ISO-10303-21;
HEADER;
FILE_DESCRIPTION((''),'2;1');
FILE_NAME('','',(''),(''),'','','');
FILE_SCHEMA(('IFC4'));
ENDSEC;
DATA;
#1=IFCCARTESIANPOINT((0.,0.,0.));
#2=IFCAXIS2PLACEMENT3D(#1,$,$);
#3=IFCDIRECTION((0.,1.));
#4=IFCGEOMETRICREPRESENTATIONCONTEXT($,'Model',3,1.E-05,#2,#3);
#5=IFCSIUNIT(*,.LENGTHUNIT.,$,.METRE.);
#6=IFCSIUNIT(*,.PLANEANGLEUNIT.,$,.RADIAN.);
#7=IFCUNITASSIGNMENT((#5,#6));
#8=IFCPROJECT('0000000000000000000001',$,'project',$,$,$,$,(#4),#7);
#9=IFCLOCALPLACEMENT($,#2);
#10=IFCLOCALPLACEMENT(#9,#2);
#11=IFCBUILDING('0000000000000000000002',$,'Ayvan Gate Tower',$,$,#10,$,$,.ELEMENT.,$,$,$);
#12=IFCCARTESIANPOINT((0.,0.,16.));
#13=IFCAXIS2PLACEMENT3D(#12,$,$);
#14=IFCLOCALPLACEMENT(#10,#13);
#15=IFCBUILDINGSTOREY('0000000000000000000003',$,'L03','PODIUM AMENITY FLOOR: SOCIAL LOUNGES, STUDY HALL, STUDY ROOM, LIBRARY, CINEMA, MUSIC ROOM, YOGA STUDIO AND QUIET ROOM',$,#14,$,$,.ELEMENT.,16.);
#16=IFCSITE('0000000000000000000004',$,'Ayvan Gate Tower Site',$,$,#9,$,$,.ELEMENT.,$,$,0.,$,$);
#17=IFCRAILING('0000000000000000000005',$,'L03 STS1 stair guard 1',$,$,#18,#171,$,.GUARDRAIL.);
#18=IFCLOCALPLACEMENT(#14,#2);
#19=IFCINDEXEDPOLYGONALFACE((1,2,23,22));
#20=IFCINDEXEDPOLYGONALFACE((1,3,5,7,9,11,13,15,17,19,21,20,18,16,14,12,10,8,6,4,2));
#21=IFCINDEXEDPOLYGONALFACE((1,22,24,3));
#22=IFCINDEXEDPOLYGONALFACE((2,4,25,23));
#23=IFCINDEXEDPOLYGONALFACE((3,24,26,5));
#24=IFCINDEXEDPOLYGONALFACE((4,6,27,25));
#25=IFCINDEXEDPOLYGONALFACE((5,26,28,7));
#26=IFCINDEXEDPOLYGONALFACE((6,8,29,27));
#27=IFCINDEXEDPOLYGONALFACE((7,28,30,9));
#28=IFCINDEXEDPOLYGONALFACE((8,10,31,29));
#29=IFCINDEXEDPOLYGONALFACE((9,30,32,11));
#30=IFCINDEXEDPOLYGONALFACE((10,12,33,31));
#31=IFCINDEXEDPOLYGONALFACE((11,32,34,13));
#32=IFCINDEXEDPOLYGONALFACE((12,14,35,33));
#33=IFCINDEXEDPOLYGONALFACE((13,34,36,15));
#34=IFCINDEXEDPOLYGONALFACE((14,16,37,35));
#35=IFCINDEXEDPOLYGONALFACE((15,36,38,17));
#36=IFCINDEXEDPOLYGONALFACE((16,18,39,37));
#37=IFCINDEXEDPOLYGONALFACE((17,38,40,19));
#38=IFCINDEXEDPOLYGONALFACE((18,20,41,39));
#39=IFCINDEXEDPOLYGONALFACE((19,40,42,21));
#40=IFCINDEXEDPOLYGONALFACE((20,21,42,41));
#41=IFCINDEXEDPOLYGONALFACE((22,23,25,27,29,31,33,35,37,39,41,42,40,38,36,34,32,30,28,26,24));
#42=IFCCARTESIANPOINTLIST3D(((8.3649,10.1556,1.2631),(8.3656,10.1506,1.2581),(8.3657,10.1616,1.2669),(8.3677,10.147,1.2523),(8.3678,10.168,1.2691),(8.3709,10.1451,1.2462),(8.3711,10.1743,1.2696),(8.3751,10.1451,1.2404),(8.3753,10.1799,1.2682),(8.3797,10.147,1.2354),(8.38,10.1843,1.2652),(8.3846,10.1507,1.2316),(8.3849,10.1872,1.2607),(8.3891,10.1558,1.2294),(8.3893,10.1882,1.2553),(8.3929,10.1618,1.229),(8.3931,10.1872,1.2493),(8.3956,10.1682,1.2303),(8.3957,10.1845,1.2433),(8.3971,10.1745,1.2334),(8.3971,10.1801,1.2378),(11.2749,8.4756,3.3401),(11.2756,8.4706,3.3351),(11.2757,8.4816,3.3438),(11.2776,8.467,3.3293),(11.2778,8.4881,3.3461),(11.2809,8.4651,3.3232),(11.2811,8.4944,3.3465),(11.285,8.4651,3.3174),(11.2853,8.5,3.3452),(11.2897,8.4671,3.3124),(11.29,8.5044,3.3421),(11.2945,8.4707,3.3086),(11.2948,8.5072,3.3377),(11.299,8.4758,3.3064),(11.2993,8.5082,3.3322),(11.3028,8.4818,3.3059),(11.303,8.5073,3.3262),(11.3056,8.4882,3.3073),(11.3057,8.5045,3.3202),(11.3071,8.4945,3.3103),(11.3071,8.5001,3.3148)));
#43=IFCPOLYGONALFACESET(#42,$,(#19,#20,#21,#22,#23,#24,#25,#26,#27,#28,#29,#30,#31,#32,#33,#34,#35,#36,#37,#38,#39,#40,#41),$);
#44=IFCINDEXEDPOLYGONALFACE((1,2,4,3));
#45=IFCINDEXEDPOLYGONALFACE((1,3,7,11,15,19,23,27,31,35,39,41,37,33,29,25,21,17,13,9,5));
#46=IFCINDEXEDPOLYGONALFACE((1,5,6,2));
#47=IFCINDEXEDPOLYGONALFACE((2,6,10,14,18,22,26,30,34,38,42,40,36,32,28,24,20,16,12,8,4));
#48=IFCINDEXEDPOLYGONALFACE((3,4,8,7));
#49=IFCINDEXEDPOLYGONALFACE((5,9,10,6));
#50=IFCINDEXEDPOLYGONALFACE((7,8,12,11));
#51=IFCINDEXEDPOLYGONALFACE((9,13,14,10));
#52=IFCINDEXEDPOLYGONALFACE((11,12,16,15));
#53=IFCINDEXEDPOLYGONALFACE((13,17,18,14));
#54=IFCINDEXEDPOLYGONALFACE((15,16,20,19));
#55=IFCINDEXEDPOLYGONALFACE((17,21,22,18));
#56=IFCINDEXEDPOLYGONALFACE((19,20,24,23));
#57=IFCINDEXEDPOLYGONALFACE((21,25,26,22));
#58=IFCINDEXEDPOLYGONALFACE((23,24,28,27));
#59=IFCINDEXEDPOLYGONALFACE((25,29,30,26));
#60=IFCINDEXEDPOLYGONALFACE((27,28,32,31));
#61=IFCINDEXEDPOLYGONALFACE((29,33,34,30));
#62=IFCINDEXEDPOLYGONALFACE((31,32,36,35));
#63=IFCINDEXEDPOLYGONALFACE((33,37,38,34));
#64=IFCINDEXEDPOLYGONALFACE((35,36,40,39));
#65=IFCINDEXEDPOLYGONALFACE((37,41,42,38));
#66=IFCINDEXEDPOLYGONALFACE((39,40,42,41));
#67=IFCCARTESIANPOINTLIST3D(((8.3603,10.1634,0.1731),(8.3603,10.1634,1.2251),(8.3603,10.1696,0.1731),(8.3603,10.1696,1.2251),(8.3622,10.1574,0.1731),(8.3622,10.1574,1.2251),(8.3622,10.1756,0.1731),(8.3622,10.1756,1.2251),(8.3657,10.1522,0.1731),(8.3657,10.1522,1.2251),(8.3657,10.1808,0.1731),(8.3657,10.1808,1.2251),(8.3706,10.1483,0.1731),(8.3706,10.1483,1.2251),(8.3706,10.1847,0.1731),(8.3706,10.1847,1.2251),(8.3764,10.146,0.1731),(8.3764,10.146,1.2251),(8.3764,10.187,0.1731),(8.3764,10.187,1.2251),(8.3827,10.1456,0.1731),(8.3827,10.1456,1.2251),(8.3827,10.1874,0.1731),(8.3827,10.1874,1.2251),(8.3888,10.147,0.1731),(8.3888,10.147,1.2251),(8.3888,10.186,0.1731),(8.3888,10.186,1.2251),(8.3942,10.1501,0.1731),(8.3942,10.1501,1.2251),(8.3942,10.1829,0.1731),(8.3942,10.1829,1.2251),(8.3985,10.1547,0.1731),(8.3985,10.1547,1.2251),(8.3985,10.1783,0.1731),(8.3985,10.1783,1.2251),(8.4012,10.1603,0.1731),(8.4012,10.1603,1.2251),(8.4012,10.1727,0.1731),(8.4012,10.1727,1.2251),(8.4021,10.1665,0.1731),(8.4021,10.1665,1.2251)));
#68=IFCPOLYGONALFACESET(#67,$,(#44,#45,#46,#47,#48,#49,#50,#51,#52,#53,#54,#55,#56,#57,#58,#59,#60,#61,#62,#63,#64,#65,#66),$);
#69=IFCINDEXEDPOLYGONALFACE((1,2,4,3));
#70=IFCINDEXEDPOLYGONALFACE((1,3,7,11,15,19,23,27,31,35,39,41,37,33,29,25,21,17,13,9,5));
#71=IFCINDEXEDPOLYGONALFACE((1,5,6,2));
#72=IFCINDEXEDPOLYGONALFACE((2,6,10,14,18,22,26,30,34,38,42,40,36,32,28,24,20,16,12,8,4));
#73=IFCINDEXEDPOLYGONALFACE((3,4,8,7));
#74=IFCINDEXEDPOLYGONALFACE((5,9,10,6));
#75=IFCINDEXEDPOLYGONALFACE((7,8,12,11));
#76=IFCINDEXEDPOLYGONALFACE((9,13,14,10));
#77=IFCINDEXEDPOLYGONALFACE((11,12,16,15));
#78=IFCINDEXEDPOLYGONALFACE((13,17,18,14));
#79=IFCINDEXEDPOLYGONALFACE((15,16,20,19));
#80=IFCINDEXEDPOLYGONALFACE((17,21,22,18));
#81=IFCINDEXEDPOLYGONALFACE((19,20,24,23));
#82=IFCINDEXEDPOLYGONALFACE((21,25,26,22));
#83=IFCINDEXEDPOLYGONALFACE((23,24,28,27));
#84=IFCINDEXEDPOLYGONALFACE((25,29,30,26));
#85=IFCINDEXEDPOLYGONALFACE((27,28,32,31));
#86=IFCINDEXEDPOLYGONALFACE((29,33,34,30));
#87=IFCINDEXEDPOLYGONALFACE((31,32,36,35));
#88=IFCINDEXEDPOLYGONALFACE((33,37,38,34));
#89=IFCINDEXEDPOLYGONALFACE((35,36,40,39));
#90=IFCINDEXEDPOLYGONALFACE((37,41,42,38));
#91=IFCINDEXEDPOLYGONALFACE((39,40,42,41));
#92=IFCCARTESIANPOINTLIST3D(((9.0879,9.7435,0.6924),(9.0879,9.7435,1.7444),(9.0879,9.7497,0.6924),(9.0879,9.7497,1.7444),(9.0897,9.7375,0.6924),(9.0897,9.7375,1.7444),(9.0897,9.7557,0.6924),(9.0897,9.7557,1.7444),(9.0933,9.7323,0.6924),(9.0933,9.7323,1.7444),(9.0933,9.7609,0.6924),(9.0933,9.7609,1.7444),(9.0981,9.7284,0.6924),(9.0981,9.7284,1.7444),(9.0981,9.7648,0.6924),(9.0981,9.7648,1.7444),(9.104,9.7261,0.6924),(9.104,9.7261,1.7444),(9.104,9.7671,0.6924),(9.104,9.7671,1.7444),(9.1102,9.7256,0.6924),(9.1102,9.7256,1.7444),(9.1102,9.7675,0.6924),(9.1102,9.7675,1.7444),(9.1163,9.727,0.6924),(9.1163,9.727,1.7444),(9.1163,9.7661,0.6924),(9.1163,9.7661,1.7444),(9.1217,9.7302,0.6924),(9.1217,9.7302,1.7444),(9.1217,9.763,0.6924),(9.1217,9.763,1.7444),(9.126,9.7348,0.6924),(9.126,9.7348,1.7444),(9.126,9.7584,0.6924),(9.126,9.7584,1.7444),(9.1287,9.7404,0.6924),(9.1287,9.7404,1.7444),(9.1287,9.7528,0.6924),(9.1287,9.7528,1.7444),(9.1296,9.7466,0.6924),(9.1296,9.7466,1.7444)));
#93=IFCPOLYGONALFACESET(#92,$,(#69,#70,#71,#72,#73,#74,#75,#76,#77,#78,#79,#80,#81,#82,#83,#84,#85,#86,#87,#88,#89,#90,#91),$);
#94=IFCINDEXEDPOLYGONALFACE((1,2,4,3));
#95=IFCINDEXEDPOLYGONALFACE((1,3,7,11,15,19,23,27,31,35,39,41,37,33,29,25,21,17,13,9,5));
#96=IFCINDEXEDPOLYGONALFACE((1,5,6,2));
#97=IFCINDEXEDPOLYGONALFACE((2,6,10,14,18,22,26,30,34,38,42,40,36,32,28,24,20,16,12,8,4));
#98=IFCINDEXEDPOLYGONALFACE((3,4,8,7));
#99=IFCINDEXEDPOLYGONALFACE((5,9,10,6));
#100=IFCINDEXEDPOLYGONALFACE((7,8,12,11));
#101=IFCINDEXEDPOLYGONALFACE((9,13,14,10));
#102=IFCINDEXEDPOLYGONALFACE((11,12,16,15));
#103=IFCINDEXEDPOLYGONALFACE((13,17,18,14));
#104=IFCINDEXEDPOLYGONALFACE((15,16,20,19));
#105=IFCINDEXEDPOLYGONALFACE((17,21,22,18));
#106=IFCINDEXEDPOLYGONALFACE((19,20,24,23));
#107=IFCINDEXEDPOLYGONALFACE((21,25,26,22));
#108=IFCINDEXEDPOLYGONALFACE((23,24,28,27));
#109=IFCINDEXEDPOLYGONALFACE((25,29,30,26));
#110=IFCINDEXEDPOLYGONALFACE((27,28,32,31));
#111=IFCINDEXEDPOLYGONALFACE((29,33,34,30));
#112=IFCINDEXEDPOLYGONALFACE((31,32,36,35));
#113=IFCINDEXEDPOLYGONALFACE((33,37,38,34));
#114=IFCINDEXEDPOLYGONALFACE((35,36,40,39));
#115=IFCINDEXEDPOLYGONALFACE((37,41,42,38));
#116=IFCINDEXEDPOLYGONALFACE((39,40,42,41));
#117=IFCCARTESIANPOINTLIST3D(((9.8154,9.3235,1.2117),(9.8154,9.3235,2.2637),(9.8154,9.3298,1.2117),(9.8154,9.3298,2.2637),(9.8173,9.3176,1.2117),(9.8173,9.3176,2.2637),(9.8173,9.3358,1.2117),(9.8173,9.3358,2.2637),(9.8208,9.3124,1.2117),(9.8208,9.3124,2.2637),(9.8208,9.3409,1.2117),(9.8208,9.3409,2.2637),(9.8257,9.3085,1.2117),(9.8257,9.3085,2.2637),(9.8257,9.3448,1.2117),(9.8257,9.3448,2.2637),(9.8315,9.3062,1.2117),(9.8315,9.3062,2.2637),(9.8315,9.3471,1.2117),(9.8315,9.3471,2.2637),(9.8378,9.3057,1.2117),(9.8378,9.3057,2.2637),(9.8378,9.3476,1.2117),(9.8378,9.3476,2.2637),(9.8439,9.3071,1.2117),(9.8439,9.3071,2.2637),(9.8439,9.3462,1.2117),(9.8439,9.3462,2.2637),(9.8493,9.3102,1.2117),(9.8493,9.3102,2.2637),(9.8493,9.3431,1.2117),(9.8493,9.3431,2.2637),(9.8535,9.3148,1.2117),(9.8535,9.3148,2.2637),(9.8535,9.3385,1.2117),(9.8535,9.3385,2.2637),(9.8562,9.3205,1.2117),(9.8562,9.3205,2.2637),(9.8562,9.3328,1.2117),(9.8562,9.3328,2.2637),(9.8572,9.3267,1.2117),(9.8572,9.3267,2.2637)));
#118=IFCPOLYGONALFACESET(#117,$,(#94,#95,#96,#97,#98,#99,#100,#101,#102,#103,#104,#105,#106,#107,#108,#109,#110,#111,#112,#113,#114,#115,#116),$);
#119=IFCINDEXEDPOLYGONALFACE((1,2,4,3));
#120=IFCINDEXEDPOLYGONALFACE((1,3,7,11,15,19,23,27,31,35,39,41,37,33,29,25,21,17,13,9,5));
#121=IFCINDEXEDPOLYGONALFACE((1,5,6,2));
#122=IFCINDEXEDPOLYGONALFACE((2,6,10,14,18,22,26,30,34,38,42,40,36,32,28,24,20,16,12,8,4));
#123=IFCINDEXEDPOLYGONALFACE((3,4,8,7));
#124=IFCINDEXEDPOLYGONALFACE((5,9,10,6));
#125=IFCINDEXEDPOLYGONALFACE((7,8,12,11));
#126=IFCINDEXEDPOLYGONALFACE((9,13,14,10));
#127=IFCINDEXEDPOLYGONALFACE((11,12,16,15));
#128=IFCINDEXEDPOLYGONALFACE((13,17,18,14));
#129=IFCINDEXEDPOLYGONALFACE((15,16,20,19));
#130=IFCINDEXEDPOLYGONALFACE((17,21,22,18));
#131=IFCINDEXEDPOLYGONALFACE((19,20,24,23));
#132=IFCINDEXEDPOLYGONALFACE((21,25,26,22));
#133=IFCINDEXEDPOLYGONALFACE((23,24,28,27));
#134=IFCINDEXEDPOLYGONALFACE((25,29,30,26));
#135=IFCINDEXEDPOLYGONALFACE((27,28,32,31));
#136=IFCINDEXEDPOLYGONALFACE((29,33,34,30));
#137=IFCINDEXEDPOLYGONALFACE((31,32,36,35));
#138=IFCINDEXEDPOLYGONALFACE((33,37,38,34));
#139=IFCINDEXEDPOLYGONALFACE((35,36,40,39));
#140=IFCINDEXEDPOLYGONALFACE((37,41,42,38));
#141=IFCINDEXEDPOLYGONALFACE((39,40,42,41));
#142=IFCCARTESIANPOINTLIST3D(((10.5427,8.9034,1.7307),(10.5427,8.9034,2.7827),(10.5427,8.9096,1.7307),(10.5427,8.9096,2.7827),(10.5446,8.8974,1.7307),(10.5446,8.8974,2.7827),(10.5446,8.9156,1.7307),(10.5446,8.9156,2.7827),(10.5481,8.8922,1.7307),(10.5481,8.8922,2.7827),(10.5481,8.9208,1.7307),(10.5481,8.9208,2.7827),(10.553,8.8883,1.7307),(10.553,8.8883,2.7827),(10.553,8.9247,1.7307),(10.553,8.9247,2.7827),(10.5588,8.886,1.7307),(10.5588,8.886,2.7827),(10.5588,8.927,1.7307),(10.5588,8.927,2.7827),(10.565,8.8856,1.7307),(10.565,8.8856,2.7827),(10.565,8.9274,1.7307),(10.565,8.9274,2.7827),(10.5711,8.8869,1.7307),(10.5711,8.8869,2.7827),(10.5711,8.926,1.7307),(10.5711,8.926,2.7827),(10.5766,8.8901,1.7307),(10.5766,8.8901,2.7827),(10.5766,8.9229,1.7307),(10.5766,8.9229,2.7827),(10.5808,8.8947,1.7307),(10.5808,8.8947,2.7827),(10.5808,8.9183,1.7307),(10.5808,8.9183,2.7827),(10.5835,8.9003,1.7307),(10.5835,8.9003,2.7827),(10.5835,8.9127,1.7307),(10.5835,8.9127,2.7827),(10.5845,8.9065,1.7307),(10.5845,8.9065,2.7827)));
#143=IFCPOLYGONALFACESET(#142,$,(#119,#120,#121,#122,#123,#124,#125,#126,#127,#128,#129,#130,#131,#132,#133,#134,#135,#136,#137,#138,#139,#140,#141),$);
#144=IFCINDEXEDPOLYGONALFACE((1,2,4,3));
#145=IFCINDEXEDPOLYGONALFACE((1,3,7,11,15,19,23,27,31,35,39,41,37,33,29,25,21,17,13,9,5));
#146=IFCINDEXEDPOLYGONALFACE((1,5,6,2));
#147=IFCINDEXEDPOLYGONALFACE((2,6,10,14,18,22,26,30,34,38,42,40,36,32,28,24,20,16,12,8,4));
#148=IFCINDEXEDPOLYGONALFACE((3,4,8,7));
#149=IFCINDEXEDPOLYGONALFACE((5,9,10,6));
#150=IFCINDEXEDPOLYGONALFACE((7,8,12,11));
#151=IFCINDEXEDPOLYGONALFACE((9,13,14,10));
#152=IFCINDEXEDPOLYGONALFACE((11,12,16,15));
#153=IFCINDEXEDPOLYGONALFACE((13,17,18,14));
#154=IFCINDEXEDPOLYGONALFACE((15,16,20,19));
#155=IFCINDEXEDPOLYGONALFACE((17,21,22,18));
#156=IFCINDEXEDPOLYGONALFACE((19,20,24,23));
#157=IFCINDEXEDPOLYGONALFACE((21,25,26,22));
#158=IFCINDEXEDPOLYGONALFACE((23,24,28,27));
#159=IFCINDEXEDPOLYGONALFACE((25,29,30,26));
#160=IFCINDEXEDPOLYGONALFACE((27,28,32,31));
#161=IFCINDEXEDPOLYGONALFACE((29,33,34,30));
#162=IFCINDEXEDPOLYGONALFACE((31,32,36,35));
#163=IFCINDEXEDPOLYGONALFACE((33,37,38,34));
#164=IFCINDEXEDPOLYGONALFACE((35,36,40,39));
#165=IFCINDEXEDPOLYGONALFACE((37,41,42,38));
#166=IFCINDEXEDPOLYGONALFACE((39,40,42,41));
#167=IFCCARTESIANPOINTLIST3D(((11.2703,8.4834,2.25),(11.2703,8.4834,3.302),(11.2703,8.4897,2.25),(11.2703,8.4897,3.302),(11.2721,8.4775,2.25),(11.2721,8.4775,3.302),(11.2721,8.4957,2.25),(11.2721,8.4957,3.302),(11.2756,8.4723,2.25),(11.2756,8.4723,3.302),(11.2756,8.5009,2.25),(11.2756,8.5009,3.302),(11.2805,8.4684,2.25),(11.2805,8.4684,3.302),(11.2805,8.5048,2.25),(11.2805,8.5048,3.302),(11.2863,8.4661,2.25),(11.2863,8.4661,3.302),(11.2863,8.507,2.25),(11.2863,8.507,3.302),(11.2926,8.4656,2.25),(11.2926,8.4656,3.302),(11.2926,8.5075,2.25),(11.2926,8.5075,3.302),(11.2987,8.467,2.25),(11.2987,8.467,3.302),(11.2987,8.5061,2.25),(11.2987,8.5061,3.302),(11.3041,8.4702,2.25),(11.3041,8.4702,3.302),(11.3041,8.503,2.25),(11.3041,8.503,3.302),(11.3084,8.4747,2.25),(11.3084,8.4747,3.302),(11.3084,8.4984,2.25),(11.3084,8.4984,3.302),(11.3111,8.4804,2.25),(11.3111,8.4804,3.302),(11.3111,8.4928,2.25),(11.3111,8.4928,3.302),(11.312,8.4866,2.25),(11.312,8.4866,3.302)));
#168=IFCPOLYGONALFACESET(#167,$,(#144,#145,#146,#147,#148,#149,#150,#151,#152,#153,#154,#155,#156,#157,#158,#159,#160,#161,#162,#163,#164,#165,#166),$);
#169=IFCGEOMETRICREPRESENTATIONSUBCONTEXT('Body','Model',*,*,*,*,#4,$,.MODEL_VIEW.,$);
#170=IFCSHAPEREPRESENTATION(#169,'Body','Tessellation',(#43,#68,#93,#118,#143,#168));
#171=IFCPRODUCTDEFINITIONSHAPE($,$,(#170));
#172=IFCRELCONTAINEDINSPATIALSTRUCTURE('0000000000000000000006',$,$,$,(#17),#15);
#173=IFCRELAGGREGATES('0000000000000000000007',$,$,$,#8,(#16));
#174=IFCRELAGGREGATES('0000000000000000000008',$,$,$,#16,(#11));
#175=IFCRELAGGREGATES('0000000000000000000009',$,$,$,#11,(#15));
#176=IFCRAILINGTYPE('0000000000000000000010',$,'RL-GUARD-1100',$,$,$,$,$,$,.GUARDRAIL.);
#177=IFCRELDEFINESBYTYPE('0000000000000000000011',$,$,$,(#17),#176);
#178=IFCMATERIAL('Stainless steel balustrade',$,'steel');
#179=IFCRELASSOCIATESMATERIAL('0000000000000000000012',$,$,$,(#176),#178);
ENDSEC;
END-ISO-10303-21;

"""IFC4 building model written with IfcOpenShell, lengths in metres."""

from ifc_helpers import new_model, si_unit, direction, frame, origin, origin_2d, place, context, subcontext, project, spatial, circle, extrude, material, type_object, element, save


model = new_model("IFC4")

# Units and contexts
model_context = context("Model", 3, precision=1e-05, world=origin(), true_north=direction((0.0, 1.0)))
body_context = subcontext(model_context, "Body", "Model", "MODEL_VIEW")
ifc_project = project(units=[si_unit("LENGTHUNIT", "METRE"), si_unit("PLANEANGLEUNIT", "RADIAN")], contexts=[model_context])

# Site, building, storey
site_placement = place(None, origin())
site = spatial("IfcSite", under=ifc_project, at=site_placement, Name="Ayvan Gate Tower Site", CompositionType="ELEMENT", RefElevation=0.0)
building_placement = place(site_placement, origin())
building = spatial("IfcBuilding", under=site, at=building_placement, Name="Ayvan Gate Tower", CompositionType="ELEMENT")
storey_placement = place(building_placement, frame((0.0, 0.0, 16.0)))
storey = spatial("IfcBuildingStorey", under=building, at=storey_placement, Name="L03", Description="PODIUM AMENITY FLOOR: SOCIAL LOUNGES, STUDY HALL, STUDY ROOM, LIBRARY, CINEMA, MUSIC ROOM, YOGA STUDIO AND QUIET ROOM", CompositionType="ELEMENT", Elevation=16.0)

# Railing
ifc_material_1 = material(Name="Stainless steel balustrade", Category="steel")
railing_type_1 = type_object("IfcRailingType", Name="RL-GUARD-1100", PredefinedType="GUARDRAIL", material=ifc_material_1)
railing_1_placement = place(storey_placement, frame((8.3811, 10.1665, 0.1731)))
element("IfcRailing", 1, at=railing_1_placement, inside=storey, type_object=railing_type_1, Name="L03 STS1 stair guard 1", PredefinedType="GUARDRAIL", context=body_context, shape_type="SweptSolid", body=[
    extrude(circle(Radius=0.0239, at=origin_2d()), frame((0.0, 0.0, 1.0762), z_axis=(0.736668, -0.425288, 0.525785), x_axis=(0.499976, 0.866039, 0.0)), (0.0, 0.0, 1.0), 3.9502),
    extrude(circle(Radius=0.021, at=origin_2d()), origin(), (0.0, 0.0, 1.0), 1.052),
    extrude(circle(Radius=0.021, at=origin_2d()), frame((0.7275, -0.4199, 0.5193)), (0.0, 0.0, 1.0), 1.052),
    extrude(circle(Radius=0.021, at=origin_2d()), frame((1.4551, -0.8398, 1.0386)), (0.0, 0.0, 1.0), 1.052),
    extrude(circle(Radius=0.021, at=origin_2d()), frame((2.1824, -1.26, 1.5576)), (0.0, 0.0, 1.0), 1.052),
    extrude(circle(Radius=0.021, at=origin_2d()), frame((2.9099, -1.6799, 2.0769)), (0.0, 0.0, 1.0), 1.052),
])

save(model, "model.ifc")
